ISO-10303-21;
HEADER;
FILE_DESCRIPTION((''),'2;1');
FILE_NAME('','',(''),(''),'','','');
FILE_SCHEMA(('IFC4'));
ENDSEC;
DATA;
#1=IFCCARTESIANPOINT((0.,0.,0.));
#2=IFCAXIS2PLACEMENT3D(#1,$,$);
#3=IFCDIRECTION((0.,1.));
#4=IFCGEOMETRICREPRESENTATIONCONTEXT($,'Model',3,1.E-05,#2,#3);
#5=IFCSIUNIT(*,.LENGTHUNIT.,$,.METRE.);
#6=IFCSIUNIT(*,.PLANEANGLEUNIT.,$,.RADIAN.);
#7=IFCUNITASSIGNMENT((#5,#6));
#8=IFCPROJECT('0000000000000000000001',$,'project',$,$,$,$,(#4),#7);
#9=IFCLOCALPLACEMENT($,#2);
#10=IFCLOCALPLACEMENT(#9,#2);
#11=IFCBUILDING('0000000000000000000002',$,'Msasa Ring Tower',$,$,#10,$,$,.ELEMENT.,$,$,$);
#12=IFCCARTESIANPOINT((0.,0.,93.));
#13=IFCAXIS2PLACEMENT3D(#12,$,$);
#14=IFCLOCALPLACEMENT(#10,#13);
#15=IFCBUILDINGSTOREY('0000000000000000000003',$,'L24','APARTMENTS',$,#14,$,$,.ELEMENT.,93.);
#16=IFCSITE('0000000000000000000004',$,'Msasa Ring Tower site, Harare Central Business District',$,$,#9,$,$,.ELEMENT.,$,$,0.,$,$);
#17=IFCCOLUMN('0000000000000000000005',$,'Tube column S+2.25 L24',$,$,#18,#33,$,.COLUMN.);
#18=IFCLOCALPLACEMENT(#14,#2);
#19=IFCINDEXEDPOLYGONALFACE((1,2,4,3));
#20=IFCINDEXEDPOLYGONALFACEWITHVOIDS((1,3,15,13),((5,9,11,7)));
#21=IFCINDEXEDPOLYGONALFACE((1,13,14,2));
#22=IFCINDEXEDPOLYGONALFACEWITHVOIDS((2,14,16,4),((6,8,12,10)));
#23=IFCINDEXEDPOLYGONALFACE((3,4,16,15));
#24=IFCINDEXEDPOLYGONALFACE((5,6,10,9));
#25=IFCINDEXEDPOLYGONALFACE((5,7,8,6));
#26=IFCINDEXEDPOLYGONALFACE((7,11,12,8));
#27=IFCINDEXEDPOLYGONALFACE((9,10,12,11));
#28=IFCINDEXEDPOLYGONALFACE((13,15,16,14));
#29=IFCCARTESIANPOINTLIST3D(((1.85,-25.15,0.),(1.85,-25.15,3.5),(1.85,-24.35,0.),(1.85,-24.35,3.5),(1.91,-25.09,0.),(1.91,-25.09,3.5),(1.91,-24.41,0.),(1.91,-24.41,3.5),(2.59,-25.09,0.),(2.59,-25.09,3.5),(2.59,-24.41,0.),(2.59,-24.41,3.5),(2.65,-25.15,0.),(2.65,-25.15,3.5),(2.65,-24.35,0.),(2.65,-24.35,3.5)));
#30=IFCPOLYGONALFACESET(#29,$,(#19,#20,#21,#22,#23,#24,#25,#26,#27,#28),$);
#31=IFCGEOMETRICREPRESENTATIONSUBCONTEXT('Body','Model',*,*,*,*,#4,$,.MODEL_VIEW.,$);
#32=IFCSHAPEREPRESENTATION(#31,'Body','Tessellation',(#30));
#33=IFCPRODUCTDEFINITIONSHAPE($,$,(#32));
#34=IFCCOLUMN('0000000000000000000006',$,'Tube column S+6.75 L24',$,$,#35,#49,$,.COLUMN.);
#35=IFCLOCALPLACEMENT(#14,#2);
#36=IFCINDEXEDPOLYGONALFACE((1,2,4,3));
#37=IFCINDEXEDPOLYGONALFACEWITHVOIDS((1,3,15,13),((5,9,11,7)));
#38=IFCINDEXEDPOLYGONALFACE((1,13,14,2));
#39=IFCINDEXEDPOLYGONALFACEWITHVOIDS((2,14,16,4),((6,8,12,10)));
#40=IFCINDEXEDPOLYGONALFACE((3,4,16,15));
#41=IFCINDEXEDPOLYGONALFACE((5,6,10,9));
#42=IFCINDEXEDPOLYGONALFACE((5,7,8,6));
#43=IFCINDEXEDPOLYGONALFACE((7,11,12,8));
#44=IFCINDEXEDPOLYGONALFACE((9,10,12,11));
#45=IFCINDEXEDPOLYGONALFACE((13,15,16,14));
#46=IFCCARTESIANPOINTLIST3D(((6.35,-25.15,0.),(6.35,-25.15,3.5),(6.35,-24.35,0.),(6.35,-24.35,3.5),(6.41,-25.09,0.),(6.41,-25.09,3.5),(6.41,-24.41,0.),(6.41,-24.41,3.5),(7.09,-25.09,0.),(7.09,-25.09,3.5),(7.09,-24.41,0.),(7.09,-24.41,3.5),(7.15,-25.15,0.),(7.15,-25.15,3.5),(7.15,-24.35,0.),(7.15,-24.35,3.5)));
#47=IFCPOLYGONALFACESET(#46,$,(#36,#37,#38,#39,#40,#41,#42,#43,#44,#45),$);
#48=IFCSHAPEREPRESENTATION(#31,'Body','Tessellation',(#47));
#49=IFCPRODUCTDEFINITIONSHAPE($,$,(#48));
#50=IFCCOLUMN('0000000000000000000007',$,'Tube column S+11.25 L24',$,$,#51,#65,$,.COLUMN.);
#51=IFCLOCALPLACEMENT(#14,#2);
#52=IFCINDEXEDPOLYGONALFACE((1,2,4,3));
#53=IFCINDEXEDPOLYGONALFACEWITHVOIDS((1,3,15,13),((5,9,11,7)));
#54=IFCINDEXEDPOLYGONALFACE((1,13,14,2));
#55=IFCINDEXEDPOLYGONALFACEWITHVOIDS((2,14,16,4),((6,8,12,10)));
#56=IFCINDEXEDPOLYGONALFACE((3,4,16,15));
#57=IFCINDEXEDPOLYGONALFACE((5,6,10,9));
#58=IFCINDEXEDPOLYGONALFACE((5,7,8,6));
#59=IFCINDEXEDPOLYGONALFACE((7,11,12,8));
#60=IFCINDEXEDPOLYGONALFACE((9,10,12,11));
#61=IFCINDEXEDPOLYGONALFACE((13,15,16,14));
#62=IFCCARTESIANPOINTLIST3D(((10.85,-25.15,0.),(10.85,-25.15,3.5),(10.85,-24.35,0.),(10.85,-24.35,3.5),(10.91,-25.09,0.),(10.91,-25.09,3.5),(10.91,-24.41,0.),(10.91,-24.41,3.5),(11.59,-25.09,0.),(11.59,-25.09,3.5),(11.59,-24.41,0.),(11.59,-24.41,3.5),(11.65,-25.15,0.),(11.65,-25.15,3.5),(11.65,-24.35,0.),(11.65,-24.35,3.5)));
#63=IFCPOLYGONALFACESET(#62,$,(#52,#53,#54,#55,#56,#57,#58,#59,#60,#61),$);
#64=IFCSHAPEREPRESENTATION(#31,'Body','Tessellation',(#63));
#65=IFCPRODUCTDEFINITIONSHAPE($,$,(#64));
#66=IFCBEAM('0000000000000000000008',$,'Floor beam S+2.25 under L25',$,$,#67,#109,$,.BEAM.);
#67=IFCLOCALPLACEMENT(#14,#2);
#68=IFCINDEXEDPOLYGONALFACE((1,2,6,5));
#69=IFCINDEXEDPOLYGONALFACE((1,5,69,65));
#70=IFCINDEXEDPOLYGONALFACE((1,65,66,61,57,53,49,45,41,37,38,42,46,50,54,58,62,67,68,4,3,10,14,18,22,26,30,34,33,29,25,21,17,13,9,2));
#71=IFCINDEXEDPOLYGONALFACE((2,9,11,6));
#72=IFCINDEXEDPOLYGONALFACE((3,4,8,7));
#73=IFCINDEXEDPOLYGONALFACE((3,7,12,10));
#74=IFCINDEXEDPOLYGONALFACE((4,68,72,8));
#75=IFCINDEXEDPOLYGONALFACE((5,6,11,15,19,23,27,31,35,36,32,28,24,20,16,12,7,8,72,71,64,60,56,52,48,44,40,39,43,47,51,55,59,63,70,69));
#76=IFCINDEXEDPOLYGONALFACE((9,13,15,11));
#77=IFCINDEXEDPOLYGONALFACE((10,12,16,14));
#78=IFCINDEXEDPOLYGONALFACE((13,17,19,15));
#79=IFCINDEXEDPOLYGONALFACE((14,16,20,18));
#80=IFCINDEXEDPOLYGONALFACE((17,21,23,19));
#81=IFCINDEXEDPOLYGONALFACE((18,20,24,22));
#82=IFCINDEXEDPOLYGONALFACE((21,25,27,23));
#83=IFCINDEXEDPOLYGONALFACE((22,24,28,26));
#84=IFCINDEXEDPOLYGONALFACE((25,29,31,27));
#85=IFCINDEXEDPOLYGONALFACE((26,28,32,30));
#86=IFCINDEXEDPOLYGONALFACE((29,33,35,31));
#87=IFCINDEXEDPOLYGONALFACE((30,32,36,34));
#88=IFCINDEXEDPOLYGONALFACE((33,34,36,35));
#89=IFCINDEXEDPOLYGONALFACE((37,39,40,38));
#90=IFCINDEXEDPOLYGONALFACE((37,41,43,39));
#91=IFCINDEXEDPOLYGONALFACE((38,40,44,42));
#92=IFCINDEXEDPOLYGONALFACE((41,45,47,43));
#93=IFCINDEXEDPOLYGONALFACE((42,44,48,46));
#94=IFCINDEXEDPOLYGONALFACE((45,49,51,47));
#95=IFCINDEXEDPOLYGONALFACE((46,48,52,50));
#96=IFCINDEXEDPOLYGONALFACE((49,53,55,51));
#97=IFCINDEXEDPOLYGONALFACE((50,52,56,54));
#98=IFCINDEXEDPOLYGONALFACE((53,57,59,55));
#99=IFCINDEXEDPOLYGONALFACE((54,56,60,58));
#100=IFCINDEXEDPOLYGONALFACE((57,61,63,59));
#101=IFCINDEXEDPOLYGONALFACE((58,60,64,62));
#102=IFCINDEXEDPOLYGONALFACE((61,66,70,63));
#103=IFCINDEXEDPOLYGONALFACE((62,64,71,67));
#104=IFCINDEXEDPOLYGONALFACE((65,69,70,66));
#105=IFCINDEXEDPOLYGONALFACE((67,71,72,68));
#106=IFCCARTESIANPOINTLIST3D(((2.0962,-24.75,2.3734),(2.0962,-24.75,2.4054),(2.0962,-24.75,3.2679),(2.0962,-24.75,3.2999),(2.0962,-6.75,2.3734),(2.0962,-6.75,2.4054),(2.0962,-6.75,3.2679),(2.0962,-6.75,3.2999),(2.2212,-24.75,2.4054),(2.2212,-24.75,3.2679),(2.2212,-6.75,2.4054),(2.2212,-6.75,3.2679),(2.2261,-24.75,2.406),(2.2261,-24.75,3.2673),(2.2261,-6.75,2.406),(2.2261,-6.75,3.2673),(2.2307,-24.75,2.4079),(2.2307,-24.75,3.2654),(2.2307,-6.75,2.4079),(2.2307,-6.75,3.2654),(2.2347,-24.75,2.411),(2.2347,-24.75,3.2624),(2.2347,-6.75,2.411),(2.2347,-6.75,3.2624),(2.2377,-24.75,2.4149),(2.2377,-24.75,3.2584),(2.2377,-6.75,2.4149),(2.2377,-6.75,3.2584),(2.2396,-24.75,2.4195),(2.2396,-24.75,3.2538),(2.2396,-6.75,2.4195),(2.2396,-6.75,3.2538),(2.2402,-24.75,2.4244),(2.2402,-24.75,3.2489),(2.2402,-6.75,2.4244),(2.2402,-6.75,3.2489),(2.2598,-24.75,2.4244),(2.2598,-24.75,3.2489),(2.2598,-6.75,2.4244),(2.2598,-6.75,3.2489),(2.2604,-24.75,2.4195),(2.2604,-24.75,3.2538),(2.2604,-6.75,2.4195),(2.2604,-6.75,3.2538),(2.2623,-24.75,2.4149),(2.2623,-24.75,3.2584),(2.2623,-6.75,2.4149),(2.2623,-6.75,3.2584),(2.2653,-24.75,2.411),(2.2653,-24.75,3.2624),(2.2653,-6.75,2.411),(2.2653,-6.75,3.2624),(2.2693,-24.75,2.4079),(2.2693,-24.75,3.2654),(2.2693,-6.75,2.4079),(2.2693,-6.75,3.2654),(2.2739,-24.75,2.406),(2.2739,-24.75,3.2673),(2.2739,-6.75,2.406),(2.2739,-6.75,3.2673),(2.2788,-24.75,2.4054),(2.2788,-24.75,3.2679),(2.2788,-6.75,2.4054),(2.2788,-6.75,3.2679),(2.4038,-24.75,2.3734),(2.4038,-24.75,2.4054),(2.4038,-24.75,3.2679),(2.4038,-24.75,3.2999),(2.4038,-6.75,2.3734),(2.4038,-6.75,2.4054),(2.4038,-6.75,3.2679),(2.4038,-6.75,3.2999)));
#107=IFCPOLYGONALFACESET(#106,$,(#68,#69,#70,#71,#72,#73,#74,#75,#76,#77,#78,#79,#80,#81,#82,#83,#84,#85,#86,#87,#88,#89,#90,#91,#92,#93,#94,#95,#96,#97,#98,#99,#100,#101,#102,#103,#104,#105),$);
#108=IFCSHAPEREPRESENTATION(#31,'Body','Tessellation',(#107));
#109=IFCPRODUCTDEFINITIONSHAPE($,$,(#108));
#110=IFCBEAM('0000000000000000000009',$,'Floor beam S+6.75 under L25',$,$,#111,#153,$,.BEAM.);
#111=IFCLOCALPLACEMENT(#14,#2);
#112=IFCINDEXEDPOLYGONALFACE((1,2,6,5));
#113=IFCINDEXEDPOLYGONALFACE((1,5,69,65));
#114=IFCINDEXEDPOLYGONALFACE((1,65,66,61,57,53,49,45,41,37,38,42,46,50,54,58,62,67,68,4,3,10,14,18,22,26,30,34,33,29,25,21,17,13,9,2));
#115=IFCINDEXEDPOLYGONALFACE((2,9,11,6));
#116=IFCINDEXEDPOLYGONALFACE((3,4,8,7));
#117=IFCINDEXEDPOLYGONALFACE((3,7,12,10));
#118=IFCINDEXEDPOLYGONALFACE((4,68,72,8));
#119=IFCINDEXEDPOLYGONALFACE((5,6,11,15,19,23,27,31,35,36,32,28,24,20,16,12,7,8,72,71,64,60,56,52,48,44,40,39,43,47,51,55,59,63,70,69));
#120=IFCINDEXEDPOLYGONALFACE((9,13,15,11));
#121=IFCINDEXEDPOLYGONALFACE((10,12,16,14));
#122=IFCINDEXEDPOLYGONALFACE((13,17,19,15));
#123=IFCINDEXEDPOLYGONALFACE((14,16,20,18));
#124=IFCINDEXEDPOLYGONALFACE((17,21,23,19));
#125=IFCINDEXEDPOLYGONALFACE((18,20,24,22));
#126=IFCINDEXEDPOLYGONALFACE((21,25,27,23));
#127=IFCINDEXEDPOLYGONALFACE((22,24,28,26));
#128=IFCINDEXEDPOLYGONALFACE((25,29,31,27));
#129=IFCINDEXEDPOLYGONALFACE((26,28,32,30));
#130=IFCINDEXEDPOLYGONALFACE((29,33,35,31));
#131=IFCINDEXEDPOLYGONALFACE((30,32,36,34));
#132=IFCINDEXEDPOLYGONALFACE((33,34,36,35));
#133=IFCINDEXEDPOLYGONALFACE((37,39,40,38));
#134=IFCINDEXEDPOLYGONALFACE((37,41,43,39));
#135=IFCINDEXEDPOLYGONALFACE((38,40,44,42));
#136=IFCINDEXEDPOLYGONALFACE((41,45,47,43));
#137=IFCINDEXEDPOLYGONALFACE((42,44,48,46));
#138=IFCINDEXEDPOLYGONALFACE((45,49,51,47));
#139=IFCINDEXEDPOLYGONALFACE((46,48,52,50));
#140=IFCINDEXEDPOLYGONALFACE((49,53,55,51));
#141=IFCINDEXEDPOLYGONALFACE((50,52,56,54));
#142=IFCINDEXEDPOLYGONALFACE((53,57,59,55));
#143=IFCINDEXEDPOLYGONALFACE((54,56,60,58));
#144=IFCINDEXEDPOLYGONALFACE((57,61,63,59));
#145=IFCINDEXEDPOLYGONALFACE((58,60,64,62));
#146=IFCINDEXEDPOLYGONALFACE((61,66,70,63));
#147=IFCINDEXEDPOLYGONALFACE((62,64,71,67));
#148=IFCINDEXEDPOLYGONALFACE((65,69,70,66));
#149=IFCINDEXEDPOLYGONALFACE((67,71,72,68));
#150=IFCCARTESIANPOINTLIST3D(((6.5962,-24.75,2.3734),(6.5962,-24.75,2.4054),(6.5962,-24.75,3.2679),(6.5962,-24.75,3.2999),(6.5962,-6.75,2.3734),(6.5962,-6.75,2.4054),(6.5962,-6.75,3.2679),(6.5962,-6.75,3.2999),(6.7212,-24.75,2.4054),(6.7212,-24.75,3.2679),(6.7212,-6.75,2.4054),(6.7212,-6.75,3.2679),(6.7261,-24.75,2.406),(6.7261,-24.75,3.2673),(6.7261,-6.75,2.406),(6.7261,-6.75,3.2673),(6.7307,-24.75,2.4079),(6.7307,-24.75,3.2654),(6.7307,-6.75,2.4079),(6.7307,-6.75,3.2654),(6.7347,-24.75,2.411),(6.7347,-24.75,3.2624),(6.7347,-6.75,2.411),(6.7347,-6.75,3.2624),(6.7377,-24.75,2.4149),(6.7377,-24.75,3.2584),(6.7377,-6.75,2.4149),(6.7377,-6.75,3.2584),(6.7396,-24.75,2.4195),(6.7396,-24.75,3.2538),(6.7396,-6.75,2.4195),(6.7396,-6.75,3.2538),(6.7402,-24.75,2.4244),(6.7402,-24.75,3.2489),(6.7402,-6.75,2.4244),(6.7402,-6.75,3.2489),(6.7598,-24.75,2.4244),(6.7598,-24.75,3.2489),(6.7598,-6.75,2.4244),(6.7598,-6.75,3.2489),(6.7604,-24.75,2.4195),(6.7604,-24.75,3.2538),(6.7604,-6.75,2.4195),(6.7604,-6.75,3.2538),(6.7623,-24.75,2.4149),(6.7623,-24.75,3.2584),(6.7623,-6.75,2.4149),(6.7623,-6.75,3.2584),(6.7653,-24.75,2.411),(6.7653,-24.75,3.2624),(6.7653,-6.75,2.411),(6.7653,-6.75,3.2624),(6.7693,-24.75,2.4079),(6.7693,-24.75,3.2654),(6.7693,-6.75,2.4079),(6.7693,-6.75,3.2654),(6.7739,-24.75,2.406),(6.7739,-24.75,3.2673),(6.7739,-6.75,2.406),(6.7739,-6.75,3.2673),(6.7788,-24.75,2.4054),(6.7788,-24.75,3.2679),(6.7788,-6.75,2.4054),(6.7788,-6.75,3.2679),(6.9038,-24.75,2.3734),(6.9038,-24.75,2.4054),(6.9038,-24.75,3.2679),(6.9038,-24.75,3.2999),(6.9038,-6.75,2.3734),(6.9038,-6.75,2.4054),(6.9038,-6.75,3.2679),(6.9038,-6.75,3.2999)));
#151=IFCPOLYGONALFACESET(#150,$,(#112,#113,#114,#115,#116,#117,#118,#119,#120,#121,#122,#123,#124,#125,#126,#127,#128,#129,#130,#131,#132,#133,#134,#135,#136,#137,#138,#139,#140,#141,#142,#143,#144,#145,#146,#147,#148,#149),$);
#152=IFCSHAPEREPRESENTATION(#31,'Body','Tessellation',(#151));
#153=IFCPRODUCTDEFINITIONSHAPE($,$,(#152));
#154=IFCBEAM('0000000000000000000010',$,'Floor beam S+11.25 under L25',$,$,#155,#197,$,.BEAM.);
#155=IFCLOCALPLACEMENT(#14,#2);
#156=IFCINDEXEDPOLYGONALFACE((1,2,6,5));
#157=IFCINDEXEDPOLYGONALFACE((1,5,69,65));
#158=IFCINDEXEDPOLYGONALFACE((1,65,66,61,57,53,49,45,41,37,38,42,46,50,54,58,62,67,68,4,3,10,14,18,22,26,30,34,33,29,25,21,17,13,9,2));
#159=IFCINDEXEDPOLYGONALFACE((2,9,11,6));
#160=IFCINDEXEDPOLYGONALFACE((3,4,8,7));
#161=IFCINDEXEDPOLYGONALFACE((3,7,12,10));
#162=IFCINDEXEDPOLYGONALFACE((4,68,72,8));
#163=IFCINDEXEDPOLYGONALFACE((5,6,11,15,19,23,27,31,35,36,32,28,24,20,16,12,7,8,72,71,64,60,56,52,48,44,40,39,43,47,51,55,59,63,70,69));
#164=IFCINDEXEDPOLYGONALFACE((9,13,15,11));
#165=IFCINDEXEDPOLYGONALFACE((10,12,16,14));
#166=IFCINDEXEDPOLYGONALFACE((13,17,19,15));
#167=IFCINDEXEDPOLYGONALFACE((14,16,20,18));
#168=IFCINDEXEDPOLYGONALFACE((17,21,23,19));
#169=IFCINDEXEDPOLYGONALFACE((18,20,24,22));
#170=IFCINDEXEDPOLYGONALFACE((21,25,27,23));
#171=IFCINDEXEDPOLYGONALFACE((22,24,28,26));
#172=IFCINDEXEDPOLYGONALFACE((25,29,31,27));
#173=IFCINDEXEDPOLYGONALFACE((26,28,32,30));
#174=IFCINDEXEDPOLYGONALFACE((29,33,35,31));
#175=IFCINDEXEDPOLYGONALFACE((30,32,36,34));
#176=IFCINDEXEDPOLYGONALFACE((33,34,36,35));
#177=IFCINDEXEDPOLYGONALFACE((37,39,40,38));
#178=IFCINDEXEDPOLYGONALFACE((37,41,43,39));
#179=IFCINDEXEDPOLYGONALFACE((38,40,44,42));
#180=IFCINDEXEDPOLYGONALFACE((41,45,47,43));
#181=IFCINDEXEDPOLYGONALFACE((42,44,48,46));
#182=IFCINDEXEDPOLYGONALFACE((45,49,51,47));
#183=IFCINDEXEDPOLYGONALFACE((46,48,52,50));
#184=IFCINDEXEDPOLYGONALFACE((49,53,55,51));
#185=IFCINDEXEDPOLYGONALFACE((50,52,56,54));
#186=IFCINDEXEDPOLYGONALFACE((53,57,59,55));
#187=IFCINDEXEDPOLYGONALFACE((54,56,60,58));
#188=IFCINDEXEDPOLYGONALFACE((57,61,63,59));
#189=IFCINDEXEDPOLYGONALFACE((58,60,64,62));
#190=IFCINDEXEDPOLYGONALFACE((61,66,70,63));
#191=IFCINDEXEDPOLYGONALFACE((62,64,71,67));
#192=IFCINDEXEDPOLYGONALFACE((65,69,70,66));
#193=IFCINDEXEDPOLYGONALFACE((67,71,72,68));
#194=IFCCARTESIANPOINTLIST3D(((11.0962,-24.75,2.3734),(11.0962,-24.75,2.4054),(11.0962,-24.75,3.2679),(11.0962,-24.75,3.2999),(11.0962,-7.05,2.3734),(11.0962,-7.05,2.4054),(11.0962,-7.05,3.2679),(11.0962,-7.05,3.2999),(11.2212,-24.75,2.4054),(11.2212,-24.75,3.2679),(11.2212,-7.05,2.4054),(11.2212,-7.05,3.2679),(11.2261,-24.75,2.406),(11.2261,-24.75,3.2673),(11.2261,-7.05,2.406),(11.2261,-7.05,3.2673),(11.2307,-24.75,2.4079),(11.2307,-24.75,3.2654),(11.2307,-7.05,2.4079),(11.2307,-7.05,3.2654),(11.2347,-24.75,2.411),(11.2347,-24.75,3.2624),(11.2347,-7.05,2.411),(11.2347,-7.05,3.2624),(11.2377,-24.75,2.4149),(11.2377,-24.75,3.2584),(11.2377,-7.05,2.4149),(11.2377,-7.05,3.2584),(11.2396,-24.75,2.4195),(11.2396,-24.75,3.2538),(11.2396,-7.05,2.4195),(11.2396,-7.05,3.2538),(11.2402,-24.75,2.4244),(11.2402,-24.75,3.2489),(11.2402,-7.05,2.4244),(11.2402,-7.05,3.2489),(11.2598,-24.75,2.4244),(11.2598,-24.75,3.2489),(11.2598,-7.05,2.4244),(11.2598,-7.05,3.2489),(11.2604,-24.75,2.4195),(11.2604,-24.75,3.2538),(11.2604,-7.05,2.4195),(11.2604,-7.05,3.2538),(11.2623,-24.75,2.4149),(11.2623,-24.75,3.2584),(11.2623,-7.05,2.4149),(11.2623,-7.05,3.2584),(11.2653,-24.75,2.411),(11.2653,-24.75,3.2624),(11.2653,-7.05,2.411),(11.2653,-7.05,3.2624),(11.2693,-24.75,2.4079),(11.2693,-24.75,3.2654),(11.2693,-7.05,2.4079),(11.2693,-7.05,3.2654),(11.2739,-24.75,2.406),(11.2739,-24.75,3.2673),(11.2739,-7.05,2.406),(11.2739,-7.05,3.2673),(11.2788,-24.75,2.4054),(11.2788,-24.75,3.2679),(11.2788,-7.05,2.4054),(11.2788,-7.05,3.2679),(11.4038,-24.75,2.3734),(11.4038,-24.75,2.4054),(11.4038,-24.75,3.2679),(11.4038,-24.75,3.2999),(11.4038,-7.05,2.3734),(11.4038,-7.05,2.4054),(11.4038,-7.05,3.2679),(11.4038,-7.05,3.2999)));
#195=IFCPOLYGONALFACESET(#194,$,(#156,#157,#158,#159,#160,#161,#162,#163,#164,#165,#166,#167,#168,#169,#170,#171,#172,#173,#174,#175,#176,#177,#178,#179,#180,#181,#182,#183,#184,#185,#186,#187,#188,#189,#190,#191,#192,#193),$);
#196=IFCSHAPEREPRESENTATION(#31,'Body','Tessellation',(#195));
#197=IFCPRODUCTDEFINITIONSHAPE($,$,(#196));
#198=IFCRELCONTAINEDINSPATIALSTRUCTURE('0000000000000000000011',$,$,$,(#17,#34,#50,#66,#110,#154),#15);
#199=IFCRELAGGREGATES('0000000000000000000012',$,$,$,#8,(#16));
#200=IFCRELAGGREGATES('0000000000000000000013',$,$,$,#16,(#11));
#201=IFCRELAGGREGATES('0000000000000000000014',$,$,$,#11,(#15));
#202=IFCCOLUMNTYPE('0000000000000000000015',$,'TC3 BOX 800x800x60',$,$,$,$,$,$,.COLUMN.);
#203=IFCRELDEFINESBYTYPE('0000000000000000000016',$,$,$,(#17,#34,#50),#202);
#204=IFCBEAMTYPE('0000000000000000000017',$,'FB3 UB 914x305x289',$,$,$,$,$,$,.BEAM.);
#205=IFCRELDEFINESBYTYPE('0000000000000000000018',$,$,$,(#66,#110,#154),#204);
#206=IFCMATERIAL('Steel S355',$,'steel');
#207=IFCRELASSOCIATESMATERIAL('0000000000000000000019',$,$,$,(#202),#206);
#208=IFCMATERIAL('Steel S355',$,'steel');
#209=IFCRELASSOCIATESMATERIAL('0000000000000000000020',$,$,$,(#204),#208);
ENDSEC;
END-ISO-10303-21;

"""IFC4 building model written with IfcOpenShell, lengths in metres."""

from ifc_helpers import new_model, si_unit, direction, frame, origin, origin_2d, place, context, subcontext, project, spatial, hollow_rectangle, i_section, extrude, material, material_profile, profile_set, type_object, element, save


model = new_model("IFC4")

# Units and contexts
model_context = context("Model", 3, precision=1e-05, world=origin(), true_north=direction((0.0, 1.0)))
body_context = subcontext(model_context, "Body", "Model", "MODEL_VIEW")
ifc_project = project(units=[si_unit("LENGTHUNIT", "METRE"), si_unit("PLANEANGLEUNIT", "RADIAN")], contexts=[model_context])

# Site, building, storey
site_placement = place(None, origin())
site = spatial("IfcSite", under=ifc_project, at=site_placement, Name="Msasa Ring Tower site, Harare Central Business District", CompositionType="ELEMENT", RefElevation=0.0)
building_placement = place(site_placement, origin())
building = spatial("IfcBuilding", under=site, at=building_placement, Name="Msasa Ring Tower", CompositionType="ELEMENT")
storey_placement = place(building_placement, frame((0.0, 0.0, 93.0)))
storey = spatial("IfcBuildingStorey", under=building, at=storey_placement, Name="L24", Description="APARTMENTS", CompositionType="ELEMENT", Elevation=93.0)

# Columns
ifc_material_1 = material(Name="Steel S355", Category="steel")
ifc_material_profile_1 = material_profile(ifc_material_1, hollow_rectangle(XDim=0.8, YDim=0.8, WallThickness=0.0601, at=origin_2d()), Name="BOX 800x800x60")
ifc_profile_set_1 = profile_set([ifc_material_profile_1], Name="Steel S355")
column_type = type_object("IfcColumnType", Name="TC3 BOX 800x800x60", PredefinedType="COLUMN", material=ifc_profile_set_1)
for number, where, z_axis, x_axis, name in (
    (1, (2.25, -24.75, 0.0), (0.0, 0.0, 1.0), (0.0, 1.0, 0.0), "Tube column S+2.25 L24"),
    (2, (6.75, -24.75, 0.0), (0.0, 0.0, 1.0), (0.0, 1.0, 0.0), "Tube column S+6.75 L24"),
    (3, (11.25, -24.75, 0.0), (0.0, 0.0, 1.0), (0.0, 1.0, 0.0), "Tube column S+11.25 L24"),
):
    element("IfcColumn", number, at=place(storey_placement, frame(where, z_axis=z_axis, x_axis=x_axis)), inside=storey, type_object=column_type, Name=name, PredefinedType="COLUMN", context=body_context, shape_type="SweptSolid", body=[
        extrude(hollow_rectangle(XDim=0.8, YDim=0.8, WallThickness=0.0601, at=origin_2d()), origin(), (0.0, 0.0, 1.0), 3.5),
    ])

# Beams
ifc_material_2 = material(Name="Steel S355", Category="steel")
ifc_material_profile_2 = material_profile(ifc_material_2, i_section(OverallWidth=0.3076, OverallDepth=0.9265, WebThickness=0.0195, FlangeThickness=0.032, FilletRadius=0.019, at=origin_2d()), Name="UB 914x305x289")
ifc_profile_set_2 = profile_set([ifc_material_profile_2], Name="Steel S355")
beam_type_1 = type_object("IfcBeamType", Name="FB3 UB 914x305x289", PredefinedType="BEAM", material=ifc_profile_set_2)
for number, where, z_axis, x_axis, name in (
    (4, (2.25, -24.75, 2.8367), (0.0, 1.0, 0.0), (-1.0, 0.0, 0.0), "Floor beam S+2.25 under L25"),
    (5, (6.75, -24.75, 2.8367), (0.0, 1.0, 0.0), (-1.0, 0.0, 0.0), "Floor beam S+6.75 under L25"),
):
    element("IfcBeam", number, at=place(storey_placement, frame(where, z_axis=z_axis, x_axis=x_axis)), inside=storey, type_object=beam_type_1, Name=name, PredefinedType="BEAM", context=body_context, shape_type="SweptSolid", body=[
        extrude(i_section(OverallWidth=0.3076, OverallDepth=0.9265, WebThickness=0.0195, FlangeThickness=0.032, FilletRadius=0.019, at=origin_2d()), origin(), (0.0, 0.0, 1.0), 18.0),
    ])
beam_placement = place(storey_placement, frame((11.25, -24.75, 2.8367), z_axis=(0.0, 1.0, 0.0), x_axis=(-1.0, 0.0, 0.0)))
element("IfcBeam", 6, at=beam_placement, inside=storey, type_object=beam_type_1, Name="Floor beam S+11.25 under L25", PredefinedType="BEAM", context=body_context, shape_type="SweptSolid", body=[
    extrude(i_section(OverallWidth=0.3076, OverallDepth=0.9265, WebThickness=0.0195, FlangeThickness=0.032, FilletRadius=0.019, at=origin_2d()), origin(), (0.0, 0.0, 1.0), 17.7),
])

save(model, "model.ifc")
